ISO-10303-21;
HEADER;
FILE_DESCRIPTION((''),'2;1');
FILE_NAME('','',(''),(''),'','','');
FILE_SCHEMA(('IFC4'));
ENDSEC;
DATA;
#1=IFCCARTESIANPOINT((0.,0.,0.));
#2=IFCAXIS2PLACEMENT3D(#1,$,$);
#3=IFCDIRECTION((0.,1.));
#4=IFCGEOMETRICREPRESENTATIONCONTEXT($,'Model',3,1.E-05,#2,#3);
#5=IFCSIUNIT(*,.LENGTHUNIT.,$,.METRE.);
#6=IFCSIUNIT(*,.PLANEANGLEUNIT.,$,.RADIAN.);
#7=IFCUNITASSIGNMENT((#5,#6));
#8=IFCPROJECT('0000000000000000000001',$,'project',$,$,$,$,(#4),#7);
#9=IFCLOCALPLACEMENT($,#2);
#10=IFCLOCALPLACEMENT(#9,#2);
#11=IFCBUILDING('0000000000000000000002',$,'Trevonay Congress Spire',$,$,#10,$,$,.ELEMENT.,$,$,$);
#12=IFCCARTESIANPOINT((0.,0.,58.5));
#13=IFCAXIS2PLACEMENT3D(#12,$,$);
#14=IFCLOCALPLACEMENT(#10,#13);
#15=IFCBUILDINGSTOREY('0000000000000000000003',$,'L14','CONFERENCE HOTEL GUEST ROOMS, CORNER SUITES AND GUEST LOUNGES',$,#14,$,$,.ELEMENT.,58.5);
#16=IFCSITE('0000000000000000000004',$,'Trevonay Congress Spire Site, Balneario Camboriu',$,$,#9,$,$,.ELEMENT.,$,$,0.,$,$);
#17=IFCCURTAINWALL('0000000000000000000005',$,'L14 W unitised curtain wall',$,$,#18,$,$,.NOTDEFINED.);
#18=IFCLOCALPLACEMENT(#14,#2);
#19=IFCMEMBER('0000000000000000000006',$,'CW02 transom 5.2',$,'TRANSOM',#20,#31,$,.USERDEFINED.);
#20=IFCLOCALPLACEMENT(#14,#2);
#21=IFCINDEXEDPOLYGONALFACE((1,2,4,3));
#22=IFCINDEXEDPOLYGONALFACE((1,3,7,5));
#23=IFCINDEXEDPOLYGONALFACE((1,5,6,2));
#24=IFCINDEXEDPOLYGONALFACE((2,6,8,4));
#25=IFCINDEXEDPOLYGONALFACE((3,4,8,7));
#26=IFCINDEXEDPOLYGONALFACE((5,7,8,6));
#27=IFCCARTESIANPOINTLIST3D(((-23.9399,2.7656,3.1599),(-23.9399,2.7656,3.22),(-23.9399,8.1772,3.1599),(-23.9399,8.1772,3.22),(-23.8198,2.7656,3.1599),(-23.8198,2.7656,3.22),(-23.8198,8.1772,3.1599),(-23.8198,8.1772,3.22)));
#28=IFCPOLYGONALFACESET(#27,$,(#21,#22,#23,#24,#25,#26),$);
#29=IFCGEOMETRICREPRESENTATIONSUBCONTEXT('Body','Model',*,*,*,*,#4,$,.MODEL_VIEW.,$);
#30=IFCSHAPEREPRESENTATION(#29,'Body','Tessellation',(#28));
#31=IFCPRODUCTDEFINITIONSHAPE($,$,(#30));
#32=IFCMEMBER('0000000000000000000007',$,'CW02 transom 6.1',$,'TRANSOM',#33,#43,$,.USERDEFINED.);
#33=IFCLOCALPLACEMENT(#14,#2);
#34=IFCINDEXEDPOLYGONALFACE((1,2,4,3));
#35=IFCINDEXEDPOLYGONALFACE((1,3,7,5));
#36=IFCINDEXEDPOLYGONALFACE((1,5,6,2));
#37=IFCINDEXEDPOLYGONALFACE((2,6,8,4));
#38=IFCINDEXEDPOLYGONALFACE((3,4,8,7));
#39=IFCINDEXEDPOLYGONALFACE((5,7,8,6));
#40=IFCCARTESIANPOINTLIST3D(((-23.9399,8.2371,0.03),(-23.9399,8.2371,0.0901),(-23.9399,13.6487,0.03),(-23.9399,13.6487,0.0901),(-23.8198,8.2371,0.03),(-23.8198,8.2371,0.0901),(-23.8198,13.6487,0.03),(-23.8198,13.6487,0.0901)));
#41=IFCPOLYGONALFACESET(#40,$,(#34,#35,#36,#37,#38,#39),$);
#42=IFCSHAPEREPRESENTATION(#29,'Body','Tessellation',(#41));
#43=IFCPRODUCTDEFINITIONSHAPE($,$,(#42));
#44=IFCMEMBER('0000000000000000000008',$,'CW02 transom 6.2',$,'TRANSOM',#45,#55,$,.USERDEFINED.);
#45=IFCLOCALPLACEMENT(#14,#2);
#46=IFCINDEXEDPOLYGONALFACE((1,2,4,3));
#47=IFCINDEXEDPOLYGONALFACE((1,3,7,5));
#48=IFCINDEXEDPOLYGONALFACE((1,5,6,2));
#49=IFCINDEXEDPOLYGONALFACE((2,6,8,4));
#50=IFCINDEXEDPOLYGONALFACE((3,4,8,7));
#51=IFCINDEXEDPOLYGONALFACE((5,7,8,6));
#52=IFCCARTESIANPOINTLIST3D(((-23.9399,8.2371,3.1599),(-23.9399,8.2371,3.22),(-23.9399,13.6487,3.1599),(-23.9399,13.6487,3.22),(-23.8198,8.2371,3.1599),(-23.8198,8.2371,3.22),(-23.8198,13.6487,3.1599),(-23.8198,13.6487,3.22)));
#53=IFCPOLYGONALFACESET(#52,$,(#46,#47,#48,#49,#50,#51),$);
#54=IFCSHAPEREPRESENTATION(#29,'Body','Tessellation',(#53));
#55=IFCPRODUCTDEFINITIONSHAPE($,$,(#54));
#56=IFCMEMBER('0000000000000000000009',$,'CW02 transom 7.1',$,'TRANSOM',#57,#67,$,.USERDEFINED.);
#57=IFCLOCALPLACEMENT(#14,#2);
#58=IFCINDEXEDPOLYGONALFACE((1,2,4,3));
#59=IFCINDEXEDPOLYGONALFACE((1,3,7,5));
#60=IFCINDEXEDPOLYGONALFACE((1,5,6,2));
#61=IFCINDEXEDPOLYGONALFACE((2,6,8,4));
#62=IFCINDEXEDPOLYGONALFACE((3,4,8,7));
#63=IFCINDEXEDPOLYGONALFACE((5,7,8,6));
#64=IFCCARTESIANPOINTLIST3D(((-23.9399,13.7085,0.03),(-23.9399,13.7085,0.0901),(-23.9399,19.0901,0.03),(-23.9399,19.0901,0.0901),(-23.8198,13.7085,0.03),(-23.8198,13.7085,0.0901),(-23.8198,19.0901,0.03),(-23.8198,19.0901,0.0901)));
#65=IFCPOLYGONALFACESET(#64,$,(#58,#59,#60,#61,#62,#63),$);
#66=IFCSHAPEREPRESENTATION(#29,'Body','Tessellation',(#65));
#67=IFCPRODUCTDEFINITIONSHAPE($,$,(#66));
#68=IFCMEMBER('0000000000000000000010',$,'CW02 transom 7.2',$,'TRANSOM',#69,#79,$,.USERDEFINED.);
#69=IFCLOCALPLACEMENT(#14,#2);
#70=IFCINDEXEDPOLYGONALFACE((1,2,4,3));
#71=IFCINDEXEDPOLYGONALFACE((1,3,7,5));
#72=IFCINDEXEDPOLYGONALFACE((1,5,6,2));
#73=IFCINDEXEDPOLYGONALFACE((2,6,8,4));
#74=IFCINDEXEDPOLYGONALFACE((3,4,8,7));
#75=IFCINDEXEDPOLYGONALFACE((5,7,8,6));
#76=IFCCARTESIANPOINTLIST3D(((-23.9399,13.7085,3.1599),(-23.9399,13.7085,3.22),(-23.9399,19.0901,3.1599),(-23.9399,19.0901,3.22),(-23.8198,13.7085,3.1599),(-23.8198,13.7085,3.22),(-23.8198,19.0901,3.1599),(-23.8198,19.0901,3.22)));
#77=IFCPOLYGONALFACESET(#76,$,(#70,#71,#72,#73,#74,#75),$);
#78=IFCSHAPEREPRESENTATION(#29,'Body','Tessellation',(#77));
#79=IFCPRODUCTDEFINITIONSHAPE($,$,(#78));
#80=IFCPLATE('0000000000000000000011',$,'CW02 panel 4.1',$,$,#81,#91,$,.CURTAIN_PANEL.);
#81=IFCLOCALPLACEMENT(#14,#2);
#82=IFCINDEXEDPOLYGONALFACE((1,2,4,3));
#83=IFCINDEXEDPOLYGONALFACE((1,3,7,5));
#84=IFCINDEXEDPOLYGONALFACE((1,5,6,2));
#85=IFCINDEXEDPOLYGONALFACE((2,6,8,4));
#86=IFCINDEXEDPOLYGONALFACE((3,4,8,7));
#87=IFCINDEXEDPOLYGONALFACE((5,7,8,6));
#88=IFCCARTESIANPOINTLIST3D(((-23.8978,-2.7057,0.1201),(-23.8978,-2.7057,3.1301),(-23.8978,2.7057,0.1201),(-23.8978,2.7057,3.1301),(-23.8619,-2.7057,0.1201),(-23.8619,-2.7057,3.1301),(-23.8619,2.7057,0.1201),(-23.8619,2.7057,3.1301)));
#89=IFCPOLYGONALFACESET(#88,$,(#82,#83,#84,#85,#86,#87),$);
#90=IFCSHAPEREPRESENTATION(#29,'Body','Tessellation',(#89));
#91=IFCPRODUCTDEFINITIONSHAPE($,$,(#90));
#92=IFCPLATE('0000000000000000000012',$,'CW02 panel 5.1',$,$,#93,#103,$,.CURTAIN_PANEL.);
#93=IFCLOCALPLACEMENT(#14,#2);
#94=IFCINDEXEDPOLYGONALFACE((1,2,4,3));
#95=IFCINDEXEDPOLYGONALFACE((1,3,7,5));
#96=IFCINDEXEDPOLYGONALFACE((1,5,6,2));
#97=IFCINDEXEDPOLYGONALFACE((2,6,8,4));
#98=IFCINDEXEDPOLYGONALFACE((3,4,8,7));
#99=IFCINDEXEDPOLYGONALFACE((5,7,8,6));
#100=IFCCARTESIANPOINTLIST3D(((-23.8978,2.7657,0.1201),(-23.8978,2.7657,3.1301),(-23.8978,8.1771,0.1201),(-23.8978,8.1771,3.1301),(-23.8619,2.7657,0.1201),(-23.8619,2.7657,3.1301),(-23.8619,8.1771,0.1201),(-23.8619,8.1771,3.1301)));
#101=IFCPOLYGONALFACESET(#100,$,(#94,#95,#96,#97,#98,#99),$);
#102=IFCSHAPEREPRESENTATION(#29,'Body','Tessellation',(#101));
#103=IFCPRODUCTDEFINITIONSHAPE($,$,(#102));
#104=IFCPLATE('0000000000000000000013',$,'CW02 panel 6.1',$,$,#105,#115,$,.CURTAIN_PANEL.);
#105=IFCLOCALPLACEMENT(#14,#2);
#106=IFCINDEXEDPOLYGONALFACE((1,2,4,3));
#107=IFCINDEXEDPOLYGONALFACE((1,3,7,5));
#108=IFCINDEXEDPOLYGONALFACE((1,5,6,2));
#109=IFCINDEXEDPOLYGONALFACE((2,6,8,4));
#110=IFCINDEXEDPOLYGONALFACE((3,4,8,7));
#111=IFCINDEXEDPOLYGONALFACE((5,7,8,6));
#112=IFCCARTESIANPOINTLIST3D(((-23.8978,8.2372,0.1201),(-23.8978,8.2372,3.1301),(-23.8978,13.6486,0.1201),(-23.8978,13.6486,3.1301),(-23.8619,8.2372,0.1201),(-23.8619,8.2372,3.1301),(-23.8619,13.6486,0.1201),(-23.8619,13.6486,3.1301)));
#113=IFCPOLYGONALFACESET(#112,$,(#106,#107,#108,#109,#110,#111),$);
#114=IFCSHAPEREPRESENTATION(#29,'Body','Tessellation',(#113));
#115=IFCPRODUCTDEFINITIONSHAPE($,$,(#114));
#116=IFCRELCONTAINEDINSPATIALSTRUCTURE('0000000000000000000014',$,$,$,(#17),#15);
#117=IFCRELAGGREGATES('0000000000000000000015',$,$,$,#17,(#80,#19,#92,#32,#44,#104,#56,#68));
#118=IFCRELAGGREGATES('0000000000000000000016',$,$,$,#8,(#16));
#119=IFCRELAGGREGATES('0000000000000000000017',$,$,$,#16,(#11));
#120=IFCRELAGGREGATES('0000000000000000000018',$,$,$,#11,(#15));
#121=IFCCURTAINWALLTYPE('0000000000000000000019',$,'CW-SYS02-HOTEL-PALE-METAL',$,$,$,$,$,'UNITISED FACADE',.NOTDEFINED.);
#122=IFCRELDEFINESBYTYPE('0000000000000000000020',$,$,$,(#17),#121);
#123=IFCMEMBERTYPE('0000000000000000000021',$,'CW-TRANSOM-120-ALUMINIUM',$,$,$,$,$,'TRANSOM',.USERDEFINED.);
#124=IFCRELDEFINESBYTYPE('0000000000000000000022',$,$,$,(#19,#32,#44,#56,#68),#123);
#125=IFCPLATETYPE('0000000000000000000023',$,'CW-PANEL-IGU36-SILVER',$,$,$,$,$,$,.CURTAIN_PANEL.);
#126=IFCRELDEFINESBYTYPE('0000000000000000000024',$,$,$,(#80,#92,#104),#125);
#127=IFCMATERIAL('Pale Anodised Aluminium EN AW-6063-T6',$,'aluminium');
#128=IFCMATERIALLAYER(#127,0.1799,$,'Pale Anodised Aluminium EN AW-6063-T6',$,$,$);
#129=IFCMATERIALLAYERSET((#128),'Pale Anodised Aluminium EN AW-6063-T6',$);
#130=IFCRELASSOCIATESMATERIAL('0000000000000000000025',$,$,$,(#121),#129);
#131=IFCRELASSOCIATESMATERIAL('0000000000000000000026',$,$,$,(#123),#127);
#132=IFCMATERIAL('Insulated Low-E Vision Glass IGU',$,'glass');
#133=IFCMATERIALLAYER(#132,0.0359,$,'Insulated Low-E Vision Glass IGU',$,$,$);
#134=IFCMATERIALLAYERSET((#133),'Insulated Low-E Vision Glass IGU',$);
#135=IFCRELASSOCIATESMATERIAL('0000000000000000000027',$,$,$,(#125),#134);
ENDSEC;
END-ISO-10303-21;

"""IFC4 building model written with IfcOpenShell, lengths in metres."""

from ifc_helpers import new_model, si_unit, direction, frame, origin, origin_2d, place, context, subcontext, project, spatial, rectangle, extrude, material, layer, layer_set, material_profile, profile_set, type_object, element, aggregate, save


model = new_model("IFC4")

# Units and contexts
model_context = context("Model", 3, precision=1e-05, world=origin(), true_north=direction((0.0, 1.0)))
body_context = subcontext(model_context, "Body", "Model", "MODEL_VIEW")
ifc_project = project(units=[si_unit("LENGTHUNIT", "METRE"), si_unit("PLANEANGLEUNIT", "RADIAN")], contexts=[model_context])

# Site, building, storey
site_placement = place(None, origin())
site = spatial("IfcSite", under=ifc_project, at=site_placement, Name="Trevonay Congress Spire Site, Balneario Camboriu", CompositionType="ELEMENT", RefElevation=0.0)
building_placement = place(site_placement, origin())
building = spatial("IfcBuilding", under=site, at=building_placement, Name="Trevonay Congress Spire", CompositionType="ELEMENT")
storey_placement = place(building_placement, frame((0.0, 0.0, 58.5)))
storey = spatial("IfcBuildingStorey", under=building, at=storey_placement, Name="L14", Description="CONFERENCE HOTEL GUEST ROOMS, CORNER SUITES AND GUEST LOUNGES", CompositionType="ELEMENT", Elevation=58.5)

# Curtain wall, members, plates
ifc_material_1 = material(Name="Pale Anodised Aluminium EN AW-6063-T6", Category="aluminium")
ifc_layer_1 = layer(ifc_material_1, 0.1799, Name="Pale Anodised Aluminium EN AW-6063-T6")
ifc_layer_set_1 = layer_set([ifc_layer_1], Name="Pale Anodised Aluminium EN AW-6063-T6")
curtain_wall_type = type_object("IfcCurtainWallType", Name="CW-SYS02-HOTEL-PALE-METAL", ElementType="UNITISED FACADE", PredefinedType="NOTDEFINED", material=ifc_layer_set_1)
curtain_wall_placement = place(storey_placement, origin())
curtain_wall = element("IfcCurtainWall", 1, at=curtain_wall_placement, inside=storey, type_object=curtain_wall_type, Name="L14 W unitised curtain wall", PredefinedType="NOTDEFINED")
ifc_material_profile_1 = material_profile(ifc_material_1, rectangle(XDim=0.1201, YDim=0.0601, at=origin_2d()), Name="CW-TRANSOM-120-ALUMINIUM")
ifc_profile_set_1 = profile_set([ifc_material_profile_1], Name="Pale Anodised Aluminium EN AW-6063-T6")
member_type_1 = type_object("IfcMemberType", Name="CW-TRANSOM-120-ALUMINIUM", ElementType="TRANSOM", PredefinedType="USERDEFINED", material=ifc_profile_set_1)
member_1_placement = place(storey_placement, frame((-23.8799, 2.7656, 3.1899), z_axis=(0.0, 1.0, 0.0), x_axis=(-1.0, 0.0, 0.0)))
member_1 = element("IfcMember", 2, at=member_1_placement, type_object=member_type_1, Name="CW02 transom 5.2", ObjectType="TRANSOM", PredefinedType="USERDEFINED", context=body_context, shape_type="SweptSolid", body=[
    extrude(rectangle(XDim=0.1201, YDim=0.0601, at=origin_2d()), origin(), (0.0, 0.0, 1.0), 5.4116),
])
member_2_placement = place(storey_placement, frame((-23.8799, 8.2371, 0.0601), z_axis=(0.0, 1.0, 0.0), x_axis=(-1.0, 0.0, 0.0)))
member_2 = element("IfcMember", 3, at=member_2_placement, type_object=member_type_1, Name="CW02 transom 6.1", ObjectType="TRANSOM", PredefinedType="USERDEFINED", context=body_context, shape_type="SweptSolid", body=[
    extrude(rectangle(XDim=0.1201, YDim=0.0601, at=origin_2d()), origin(), (0.0, 0.0, 1.0), 5.4116),
])
member_3_placement = place(storey_placement, frame((-23.8799, 8.2371, 3.1899), z_axis=(0.0, 1.0, 0.0), x_axis=(-1.0, 0.0, 0.0)))
member_3 = element("IfcMember", 4, at=member_3_placement, type_object=member_type_1, Name="CW02 transom 6.2", ObjectType="TRANSOM", PredefinedType="USERDEFINED", context=body_context, shape_type="SweptSolid", body=[
    extrude(rectangle(XDim=0.1201, YDim=0.0601, at=origin_2d()), origin(), (0.0, 0.0, 1.0), 5.4116),
])
member_4_placement = place(storey_placement, frame((-23.8799, 13.7085, 0.0601), z_axis=(0.0, 1.0, 0.0), x_axis=(-1.0, 0.0, 0.0)))
member_4 = element("IfcMember", 5, at=member_4_placement, type_object=member_type_1, Name="CW02 transom 7.1", ObjectType="TRANSOM", PredefinedType="USERDEFINED", context=body_context, shape_type="SweptSolid", body=[
    extrude(rectangle(XDim=0.1201, YDim=0.0601, at=origin_2d()), origin(), (0.0, 0.0, 1.0), 5.3816),
])
member_5_placement = place(storey_placement, frame((-23.8799, 13.7085, 3.1899), z_axis=(0.0, 1.0, 0.0), x_axis=(-1.0, 0.0, 0.0)))
member_5 = element("IfcMember", 6, at=member_5_placement, type_object=member_type_1, Name="CW02 transom 7.2", ObjectType="TRANSOM", PredefinedType="USERDEFINED", context=body_context, shape_type="SweptSolid", body=[
    extrude(rectangle(XDim=0.1201, YDim=0.0601, at=origin_2d()), origin(), (0.0, 0.0, 1.0), 5.3816),
])
ifc_material_2 = material(Name="Insulated Low-E Vision Glass IGU", Category="glass")
ifc_layer_2 = layer(ifc_material_2, 0.0359, Name="Insulated Low-E Vision Glass IGU")
ifc_layer_set_2 = layer_set([ifc_layer_2], Name="Insulated Low-E Vision Glass IGU")
plate_type = type_object("IfcPlateType", Name="CW-PANEL-IGU36-SILVER", PredefinedType="CURTAIN_PANEL", material=ifc_layer_set_2)
plate_1_placement = place(storey_placement, frame((-23.8799, 0.0, 0.1201), z_axis=(0.0, 0.0, 1.0), x_axis=(0.0, 1.0, 0.0)))
plate_1 = element("IfcPlate", 7, at=plate_1_placement, type_object=plate_type, Name="CW02 panel 4.1", PredefinedType="CURTAIN_PANEL", context=body_context, shape_type="SweptSolid", body=[
    extrude(rectangle(XDim=5.4114, YDim=0.0359, at=origin_2d()), origin(), (0.0, 0.0, 1.0), 3.01),
])
plate_2_placement = place(storey_placement, frame((-23.8799, 5.4714, 0.1201), z_axis=(0.0, 0.0, 1.0), x_axis=(0.0, 1.0, 0.0)))
plate_2 = element("IfcPlate", 8, at=plate_2_placement, type_object=plate_type, Name="CW02 panel 5.1", PredefinedType="CURTAIN_PANEL", context=body_context, shape_type="SweptSolid", body=[
    extrude(rectangle(XDim=5.4114, YDim=0.0359, at=origin_2d()), origin(), (0.0, 0.0, 1.0), 3.01),
])
plate_3_placement = place(storey_placement, frame((-23.8799, 10.9429, 0.1201), z_axis=(0.0, 0.0, 1.0), x_axis=(0.0, 1.0, 0.0)))
plate_3 = element("IfcPlate", 9, at=plate_3_placement, type_object=plate_type, Name="CW02 panel 6.1", PredefinedType="CURTAIN_PANEL", context=body_context, shape_type="SweptSolid", body=[
    extrude(rectangle(XDim=5.4114, YDim=0.0359, at=origin_2d()), origin(), (0.0, 0.0, 1.0), 3.01),
])
aggregate(curtain_wall, [plate_1, member_1, plate_2, member_2, member_3, plate_3, member_4, member_5])

save(model, "model.ifc")
